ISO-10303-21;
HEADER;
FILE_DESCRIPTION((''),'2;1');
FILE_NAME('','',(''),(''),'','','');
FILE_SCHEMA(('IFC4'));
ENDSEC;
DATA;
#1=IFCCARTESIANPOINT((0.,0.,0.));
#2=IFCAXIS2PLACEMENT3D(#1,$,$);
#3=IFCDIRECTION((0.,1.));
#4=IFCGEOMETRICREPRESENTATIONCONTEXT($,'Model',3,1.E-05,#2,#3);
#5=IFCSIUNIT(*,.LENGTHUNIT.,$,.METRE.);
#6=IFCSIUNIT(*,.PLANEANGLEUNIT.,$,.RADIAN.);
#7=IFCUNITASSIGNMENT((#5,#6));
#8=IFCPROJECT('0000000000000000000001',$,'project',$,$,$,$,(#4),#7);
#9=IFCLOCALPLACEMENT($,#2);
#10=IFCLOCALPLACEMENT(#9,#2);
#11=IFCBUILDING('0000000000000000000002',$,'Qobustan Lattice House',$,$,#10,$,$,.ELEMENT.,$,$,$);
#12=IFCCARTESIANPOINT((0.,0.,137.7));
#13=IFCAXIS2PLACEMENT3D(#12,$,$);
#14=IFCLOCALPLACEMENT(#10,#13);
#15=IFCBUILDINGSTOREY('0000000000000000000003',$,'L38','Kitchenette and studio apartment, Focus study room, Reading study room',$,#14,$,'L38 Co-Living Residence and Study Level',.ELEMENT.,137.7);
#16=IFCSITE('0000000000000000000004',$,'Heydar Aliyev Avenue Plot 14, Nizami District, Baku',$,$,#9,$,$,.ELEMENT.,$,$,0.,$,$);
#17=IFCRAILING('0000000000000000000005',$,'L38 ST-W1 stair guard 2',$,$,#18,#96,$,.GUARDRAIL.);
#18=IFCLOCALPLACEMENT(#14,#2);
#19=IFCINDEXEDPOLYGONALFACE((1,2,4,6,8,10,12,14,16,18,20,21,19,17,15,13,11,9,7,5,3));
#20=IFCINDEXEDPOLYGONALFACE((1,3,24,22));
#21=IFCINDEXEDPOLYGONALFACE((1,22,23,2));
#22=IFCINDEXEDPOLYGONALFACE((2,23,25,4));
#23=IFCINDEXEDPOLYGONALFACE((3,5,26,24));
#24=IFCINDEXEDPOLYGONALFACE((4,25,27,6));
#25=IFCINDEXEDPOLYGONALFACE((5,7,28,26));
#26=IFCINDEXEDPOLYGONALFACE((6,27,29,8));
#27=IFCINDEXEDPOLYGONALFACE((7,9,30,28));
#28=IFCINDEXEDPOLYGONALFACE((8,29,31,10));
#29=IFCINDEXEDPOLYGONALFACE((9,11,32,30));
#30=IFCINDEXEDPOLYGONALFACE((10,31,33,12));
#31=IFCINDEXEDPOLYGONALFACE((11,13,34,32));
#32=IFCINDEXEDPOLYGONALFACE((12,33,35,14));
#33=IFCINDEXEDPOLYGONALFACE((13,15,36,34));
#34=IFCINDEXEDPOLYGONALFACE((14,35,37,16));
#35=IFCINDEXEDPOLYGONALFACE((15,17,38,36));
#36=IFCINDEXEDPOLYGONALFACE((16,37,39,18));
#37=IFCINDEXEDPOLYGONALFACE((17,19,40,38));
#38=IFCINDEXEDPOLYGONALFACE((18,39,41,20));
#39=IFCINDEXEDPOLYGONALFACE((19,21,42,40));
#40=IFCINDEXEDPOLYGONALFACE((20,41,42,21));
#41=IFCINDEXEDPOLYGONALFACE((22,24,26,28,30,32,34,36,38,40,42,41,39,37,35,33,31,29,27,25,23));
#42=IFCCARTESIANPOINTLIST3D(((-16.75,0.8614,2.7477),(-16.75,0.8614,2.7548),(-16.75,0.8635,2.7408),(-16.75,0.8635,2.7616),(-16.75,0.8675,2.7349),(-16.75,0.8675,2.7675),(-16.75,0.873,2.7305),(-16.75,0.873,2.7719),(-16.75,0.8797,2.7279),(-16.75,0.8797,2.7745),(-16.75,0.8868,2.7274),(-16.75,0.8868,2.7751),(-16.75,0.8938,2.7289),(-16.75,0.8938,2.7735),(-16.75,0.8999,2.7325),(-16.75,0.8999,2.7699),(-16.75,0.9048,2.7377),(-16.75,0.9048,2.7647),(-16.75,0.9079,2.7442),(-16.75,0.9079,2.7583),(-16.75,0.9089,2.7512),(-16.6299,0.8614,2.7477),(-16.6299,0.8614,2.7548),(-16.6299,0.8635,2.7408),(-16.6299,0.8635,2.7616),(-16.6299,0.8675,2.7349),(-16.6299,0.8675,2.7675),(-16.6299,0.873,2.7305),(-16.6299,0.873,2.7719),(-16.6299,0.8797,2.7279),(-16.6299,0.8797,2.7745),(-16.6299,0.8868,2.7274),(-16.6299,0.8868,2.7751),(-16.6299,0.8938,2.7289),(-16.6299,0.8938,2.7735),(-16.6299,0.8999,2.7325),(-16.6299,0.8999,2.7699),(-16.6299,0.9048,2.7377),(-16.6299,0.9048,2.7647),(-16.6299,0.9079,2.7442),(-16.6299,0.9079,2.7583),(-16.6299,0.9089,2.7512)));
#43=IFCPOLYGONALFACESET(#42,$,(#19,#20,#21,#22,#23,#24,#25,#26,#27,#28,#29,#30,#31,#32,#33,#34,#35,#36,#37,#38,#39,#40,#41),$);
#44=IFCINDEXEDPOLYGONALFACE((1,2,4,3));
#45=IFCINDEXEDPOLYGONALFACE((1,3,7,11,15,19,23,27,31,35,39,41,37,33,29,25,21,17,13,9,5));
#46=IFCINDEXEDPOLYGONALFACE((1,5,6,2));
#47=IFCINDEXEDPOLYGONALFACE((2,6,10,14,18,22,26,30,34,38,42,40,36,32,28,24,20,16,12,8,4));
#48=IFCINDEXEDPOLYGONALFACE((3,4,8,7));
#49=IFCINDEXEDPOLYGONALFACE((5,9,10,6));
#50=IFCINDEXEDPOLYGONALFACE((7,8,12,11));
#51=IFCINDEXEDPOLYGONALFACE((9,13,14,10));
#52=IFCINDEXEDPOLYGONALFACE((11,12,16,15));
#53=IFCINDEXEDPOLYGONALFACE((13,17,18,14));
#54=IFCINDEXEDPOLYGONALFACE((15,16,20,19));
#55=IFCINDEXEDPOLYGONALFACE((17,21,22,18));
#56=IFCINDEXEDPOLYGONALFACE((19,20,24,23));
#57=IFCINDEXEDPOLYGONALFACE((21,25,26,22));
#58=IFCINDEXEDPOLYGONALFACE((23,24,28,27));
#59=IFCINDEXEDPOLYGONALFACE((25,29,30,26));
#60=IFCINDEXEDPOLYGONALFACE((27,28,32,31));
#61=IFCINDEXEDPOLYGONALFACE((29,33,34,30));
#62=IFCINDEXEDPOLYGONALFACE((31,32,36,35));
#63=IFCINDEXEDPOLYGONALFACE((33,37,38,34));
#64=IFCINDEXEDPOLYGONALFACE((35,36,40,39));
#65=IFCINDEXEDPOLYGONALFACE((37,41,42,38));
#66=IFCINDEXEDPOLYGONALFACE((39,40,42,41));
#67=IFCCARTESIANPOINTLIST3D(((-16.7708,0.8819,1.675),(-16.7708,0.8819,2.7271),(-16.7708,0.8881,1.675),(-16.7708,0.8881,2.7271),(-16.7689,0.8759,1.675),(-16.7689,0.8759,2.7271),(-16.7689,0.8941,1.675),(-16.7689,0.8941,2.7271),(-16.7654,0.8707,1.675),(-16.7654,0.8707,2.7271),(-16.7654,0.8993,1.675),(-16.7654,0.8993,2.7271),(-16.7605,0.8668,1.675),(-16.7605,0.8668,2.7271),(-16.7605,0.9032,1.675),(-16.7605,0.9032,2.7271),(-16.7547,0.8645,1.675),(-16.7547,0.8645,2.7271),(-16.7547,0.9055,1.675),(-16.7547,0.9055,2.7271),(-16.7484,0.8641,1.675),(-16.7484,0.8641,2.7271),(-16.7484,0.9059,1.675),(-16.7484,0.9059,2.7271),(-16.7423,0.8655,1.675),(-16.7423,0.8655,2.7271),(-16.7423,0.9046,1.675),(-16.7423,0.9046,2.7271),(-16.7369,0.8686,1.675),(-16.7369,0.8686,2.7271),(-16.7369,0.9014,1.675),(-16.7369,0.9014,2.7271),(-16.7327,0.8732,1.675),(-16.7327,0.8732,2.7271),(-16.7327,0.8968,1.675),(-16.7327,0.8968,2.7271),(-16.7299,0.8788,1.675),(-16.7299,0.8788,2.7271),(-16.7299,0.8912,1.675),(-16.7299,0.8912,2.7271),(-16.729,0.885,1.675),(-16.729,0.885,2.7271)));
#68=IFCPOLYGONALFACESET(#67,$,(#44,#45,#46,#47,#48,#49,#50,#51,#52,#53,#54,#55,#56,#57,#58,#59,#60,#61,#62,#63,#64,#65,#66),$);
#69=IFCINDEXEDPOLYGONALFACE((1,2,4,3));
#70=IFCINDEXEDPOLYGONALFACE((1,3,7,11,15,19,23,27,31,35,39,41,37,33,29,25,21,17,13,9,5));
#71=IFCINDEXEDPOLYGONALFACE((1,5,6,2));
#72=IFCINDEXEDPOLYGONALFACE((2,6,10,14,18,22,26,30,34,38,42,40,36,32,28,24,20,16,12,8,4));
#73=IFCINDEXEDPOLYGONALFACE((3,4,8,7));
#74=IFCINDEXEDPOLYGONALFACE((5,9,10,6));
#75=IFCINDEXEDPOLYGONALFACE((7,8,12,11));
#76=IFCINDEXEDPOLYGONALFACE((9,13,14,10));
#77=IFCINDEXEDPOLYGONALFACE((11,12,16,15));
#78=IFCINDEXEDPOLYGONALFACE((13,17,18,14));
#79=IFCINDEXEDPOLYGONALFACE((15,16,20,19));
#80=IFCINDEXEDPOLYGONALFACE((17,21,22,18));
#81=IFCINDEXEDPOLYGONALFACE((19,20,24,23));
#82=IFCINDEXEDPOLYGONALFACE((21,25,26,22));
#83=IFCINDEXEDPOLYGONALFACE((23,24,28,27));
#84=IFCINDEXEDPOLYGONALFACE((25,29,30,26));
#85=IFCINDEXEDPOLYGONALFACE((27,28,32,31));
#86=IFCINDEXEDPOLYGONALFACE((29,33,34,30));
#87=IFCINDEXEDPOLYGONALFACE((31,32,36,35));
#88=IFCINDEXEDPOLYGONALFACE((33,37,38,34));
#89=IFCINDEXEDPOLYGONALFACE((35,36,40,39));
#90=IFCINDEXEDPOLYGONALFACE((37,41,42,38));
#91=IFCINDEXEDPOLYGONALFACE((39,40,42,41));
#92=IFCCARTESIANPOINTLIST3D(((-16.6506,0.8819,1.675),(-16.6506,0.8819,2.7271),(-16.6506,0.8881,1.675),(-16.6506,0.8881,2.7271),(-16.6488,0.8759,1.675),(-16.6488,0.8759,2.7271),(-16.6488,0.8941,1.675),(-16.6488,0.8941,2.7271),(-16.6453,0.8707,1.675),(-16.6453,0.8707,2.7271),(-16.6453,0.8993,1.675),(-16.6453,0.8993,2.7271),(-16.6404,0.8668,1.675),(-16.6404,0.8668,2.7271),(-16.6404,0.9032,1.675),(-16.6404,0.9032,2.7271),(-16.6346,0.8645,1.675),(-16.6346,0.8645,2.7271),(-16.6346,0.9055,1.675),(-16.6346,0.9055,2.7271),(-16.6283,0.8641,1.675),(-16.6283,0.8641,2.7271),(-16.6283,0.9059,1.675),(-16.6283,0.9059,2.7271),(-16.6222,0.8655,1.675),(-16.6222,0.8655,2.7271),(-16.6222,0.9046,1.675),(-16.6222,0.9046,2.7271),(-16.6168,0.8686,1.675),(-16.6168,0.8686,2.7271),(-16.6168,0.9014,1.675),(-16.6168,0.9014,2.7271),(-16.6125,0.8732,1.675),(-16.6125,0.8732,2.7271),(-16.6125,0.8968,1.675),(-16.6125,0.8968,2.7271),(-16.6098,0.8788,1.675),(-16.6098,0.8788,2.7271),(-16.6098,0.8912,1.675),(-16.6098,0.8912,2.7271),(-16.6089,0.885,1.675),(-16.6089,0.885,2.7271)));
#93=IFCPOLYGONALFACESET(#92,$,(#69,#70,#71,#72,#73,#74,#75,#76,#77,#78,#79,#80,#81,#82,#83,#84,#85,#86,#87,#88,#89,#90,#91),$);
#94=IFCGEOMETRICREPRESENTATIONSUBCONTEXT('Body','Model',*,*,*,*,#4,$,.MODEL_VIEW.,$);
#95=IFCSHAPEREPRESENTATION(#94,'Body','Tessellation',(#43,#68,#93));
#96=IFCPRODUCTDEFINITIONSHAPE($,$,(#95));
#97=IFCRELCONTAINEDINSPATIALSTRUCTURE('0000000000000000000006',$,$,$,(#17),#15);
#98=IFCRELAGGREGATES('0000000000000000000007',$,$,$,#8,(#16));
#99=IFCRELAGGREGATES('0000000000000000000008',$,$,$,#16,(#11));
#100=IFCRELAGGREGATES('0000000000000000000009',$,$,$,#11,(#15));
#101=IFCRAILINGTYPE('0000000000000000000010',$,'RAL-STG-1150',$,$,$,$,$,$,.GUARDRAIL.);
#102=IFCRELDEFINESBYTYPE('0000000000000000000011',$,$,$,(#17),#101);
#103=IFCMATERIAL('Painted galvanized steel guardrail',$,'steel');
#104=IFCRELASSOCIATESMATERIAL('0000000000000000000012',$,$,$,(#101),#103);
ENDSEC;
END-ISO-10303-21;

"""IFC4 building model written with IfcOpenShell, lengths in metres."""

from ifc_helpers import new_model, si_unit, direction, frame, origin, origin_2d, place, context, subcontext, project, spatial, circle, extrude, material, type_object, element, save


model = new_model("IFC4")

# Units and contexts
model_context = context("Model", 3, precision=1e-05, world=origin(), true_north=direction((0.0, 1.0)))
body_context = subcontext(model_context, "Body", "Model", "MODEL_VIEW")
ifc_project = project(units=[si_unit("LENGTHUNIT", "METRE"), si_unit("PLANEANGLEUNIT", "RADIAN")], contexts=[model_context])

# Site, building, storey
site_placement = place(None, origin())
site = spatial("IfcSite", under=ifc_project, at=site_placement, Name="Heydar Aliyev Avenue Plot 14, Nizami District, Baku", CompositionType="ELEMENT", RefElevation=0.0)
building_placement = place(site_placement, origin())
building = spatial("IfcBuilding", under=site, at=building_placement, Name="Qobustan Lattice House", CompositionType="ELEMENT")
storey_placement = place(building_placement, frame((0.0, 0.0, 137.7)))
storey = spatial("IfcBuildingStorey", under=building, at=storey_placement, Name="L38", Description="Kitchenette and studio apartment, Focus study room, Reading study room", LongName="L38 Co-Living Residence and Study Level", CompositionType="ELEMENT", Elevation=137.7)

# Railing
ifc_material_1 = material(Name="Painted galvanized steel guardrail", Category="steel")
railing_type_1 = type_object("IfcRailingType", Name="RAL-STG-1150", PredefinedType="GUARDRAIL", material=ifc_material_1)
railing_1_placement = place(storey_placement, frame((-16.75, 0.885, 1.675)))
element("IfcRailing", 1, at=railing_1_placement, inside=storey, type_object=railing_type_1, Name="L38 ST-W1 stair guard 2", PredefinedType="GUARDRAIL", context=body_context, shape_type="SweptSolid", body=[
    extrude(circle(Radius=0.0239, at=origin_2d()), frame((0.0, 0.0, 1.0762), z_axis=(1.0, 0.0, 0.0), x_axis=(0.0, 1.0, 0.0)), (0.0, 0.0, 1.0), 0.1201),
    extrude(circle(Radius=0.021, at=origin_2d()), origin(), (0.0, 0.0, 1.0), 1.052),
    extrude(circle(Radius=0.021, at=origin_2d()), frame((0.1201, 0.0, 0.0)), (0.0, 0.0, 1.0), 1.052),
])

save(model, "model.ifc")
